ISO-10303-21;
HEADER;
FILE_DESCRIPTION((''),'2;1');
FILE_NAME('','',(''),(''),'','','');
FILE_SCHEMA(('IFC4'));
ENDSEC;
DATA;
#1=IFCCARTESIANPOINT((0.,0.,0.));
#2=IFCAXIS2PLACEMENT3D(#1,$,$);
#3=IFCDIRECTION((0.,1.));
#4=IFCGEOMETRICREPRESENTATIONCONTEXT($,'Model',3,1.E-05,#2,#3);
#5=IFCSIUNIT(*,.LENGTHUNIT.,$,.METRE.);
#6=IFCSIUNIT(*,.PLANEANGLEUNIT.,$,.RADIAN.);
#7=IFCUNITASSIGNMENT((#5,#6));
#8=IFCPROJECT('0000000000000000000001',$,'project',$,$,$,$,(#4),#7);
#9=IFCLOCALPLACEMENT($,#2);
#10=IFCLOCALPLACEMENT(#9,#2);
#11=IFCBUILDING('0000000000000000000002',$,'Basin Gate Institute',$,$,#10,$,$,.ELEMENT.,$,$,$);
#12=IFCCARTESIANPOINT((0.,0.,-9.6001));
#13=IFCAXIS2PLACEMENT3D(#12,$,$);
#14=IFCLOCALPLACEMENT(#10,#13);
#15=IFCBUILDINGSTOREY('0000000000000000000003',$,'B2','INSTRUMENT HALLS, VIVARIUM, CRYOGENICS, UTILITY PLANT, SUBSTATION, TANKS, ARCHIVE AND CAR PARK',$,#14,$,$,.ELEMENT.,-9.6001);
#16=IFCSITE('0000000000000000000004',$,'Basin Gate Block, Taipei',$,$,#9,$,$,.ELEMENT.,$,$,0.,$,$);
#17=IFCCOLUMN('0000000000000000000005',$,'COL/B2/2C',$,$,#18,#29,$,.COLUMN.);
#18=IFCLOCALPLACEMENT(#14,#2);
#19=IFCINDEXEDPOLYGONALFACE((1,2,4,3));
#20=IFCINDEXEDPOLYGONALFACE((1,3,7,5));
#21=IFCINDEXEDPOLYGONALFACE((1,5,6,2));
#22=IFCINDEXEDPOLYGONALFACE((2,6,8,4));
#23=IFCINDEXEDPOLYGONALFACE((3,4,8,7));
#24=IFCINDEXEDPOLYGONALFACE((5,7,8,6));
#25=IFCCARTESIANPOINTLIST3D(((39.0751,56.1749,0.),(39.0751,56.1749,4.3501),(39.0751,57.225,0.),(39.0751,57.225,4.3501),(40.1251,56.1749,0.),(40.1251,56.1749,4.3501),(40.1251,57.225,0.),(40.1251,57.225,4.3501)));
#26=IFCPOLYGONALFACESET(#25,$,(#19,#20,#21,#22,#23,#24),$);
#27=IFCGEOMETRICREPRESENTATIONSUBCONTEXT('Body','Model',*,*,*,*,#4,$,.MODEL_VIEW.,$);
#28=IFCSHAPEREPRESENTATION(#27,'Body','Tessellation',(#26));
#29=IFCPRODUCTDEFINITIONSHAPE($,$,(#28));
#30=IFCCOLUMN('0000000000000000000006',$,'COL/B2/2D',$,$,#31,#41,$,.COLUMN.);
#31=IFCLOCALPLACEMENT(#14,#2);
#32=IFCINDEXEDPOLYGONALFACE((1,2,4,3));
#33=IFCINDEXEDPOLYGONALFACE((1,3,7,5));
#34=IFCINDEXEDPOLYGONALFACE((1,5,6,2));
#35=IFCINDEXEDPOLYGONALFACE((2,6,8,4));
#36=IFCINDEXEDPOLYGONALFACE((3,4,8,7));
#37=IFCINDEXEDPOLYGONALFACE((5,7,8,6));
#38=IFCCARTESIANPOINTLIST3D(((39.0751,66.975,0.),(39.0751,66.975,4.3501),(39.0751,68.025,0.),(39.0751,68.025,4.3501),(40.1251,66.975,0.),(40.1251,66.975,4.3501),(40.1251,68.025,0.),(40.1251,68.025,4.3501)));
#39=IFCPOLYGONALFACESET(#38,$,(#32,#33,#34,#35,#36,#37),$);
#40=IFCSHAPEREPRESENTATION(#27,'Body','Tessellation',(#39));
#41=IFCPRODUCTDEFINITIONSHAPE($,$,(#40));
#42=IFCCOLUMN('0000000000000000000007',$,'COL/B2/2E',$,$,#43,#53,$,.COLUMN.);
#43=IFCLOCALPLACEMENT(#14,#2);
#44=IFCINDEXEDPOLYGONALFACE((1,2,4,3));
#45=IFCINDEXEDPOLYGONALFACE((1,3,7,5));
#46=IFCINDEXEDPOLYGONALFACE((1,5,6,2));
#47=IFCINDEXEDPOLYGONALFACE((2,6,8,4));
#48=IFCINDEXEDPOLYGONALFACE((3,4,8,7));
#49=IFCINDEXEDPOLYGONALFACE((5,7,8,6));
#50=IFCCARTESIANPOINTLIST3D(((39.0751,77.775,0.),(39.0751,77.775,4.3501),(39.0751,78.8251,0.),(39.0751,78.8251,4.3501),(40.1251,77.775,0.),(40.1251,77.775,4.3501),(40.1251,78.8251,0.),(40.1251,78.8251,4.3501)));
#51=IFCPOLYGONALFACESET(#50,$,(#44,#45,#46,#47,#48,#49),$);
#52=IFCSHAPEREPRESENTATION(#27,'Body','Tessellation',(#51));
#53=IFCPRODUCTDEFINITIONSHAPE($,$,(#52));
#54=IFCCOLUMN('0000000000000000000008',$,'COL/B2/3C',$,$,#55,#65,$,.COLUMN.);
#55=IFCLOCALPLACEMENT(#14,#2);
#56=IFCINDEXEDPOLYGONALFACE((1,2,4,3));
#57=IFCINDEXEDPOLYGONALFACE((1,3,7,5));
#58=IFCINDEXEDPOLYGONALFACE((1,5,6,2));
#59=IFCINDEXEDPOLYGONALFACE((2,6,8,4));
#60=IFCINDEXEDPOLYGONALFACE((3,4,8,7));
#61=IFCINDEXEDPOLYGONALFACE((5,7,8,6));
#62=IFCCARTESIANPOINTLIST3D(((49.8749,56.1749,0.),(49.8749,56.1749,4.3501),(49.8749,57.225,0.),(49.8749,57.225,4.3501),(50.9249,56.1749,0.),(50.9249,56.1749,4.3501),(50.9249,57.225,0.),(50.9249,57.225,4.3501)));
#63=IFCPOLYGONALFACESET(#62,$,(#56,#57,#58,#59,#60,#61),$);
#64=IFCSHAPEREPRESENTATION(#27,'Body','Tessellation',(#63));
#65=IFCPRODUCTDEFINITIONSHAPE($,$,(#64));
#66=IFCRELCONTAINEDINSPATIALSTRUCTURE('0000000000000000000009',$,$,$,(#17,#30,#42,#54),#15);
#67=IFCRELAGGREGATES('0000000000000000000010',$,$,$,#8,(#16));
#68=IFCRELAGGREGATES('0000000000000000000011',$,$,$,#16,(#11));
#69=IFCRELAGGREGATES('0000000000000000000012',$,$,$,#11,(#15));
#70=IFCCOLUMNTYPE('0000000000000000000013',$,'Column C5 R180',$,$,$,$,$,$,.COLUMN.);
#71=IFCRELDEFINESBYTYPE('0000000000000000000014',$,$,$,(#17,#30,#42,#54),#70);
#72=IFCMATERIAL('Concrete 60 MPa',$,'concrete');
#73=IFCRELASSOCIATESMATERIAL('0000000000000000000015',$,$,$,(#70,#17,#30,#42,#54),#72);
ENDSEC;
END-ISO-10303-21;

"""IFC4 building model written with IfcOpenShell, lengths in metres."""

from ifc_helpers import new_model, si_unit, direction, frame, origin, origin_2d, place, context, subcontext, project, spatial, rectangle, extrude, material, material_profile, profile_set, type_object, element, save


model = new_model("IFC4")

# Units and contexts
model_context = context("Model", 3, precision=1e-05, world=origin(), true_north=direction((0.0, 1.0)))
body_context = subcontext(model_context, "Body", "Model", "MODEL_VIEW")
ifc_project = project(units=[si_unit("LENGTHUNIT", "METRE"), si_unit("PLANEANGLEUNIT", "RADIAN")], contexts=[model_context])

# Site, building, storey
site_placement = place(None, origin())
site = spatial("IfcSite", under=ifc_project, at=site_placement, Name="Basin Gate Block, Taipei", CompositionType="ELEMENT", RefElevation=0.0)
building_placement = place(site_placement, origin())
building = spatial("IfcBuilding", under=site, at=building_placement, Name="Basin Gate Institute", CompositionType="ELEMENT")
storey_placement = place(building_placement, frame((0.0, 0.0, -9.6001)))
storey = spatial("IfcBuildingStorey", under=building, at=storey_placement, Name="B2", Description="INSTRUMENT HALLS, VIVARIUM, CRYOGENICS, UTILITY PLANT, SUBSTATION, TANKS, ARCHIVE AND CAR PARK", CompositionType="ELEMENT", Elevation=-9.6001)

# Columns
ifc_material_1 = material(Name="Concrete 60 MPa", Category="concrete")
ifc_material_profile_1 = material_profile(ifc_material_1, rectangle(XDim=1.05, YDim=1.05, at=origin_2d()), Name="Column C5 1050 x 1050")
ifc_profile_set_1 = profile_set([ifc_material_profile_1], Name="Concrete 60 MPa")
column_type = type_object("IfcColumnType", Name="Column C5 R180", PredefinedType="COLUMN", material=ifc_profile_set_1)
for number, where, z_axis, x_axis, name in (
    (1, (39.6001, 56.7, 0.0), (0.0, 0.0, 1.0), (1.0, 0.0, 0.0), "COL/B2/2C"),
    (2, (39.6001, 67.5, 0.0), (0.0, 0.0, 1.0), (1.0, 0.0, 0.0), "COL/B2/2D"),
    (3, (39.6001, 78.3, 0.0), (0.0, 0.0, 1.0), (1.0, 0.0, 0.0), "COL/B2/2E"),
    (4, (50.3999, 56.7, 0.0), (0.0, 0.0, 1.0), (1.0, 0.0, 0.0), "COL/B2/3C"),
):
    element("IfcColumn", number, at=place(storey_placement, frame(where, z_axis=z_axis, x_axis=x_axis)), inside=storey, type_object=column_type, material=ifc_profile_set_1, Name=name, PredefinedType="COLUMN", context=body_context, shape_type="SweptSolid", body=[
        extrude(rectangle(XDim=1.05, YDim=1.05, at=origin_2d()), origin(), (0.0, 0.0, 1.0), 4.3501),
    ])

save(model, "model.ifc")
